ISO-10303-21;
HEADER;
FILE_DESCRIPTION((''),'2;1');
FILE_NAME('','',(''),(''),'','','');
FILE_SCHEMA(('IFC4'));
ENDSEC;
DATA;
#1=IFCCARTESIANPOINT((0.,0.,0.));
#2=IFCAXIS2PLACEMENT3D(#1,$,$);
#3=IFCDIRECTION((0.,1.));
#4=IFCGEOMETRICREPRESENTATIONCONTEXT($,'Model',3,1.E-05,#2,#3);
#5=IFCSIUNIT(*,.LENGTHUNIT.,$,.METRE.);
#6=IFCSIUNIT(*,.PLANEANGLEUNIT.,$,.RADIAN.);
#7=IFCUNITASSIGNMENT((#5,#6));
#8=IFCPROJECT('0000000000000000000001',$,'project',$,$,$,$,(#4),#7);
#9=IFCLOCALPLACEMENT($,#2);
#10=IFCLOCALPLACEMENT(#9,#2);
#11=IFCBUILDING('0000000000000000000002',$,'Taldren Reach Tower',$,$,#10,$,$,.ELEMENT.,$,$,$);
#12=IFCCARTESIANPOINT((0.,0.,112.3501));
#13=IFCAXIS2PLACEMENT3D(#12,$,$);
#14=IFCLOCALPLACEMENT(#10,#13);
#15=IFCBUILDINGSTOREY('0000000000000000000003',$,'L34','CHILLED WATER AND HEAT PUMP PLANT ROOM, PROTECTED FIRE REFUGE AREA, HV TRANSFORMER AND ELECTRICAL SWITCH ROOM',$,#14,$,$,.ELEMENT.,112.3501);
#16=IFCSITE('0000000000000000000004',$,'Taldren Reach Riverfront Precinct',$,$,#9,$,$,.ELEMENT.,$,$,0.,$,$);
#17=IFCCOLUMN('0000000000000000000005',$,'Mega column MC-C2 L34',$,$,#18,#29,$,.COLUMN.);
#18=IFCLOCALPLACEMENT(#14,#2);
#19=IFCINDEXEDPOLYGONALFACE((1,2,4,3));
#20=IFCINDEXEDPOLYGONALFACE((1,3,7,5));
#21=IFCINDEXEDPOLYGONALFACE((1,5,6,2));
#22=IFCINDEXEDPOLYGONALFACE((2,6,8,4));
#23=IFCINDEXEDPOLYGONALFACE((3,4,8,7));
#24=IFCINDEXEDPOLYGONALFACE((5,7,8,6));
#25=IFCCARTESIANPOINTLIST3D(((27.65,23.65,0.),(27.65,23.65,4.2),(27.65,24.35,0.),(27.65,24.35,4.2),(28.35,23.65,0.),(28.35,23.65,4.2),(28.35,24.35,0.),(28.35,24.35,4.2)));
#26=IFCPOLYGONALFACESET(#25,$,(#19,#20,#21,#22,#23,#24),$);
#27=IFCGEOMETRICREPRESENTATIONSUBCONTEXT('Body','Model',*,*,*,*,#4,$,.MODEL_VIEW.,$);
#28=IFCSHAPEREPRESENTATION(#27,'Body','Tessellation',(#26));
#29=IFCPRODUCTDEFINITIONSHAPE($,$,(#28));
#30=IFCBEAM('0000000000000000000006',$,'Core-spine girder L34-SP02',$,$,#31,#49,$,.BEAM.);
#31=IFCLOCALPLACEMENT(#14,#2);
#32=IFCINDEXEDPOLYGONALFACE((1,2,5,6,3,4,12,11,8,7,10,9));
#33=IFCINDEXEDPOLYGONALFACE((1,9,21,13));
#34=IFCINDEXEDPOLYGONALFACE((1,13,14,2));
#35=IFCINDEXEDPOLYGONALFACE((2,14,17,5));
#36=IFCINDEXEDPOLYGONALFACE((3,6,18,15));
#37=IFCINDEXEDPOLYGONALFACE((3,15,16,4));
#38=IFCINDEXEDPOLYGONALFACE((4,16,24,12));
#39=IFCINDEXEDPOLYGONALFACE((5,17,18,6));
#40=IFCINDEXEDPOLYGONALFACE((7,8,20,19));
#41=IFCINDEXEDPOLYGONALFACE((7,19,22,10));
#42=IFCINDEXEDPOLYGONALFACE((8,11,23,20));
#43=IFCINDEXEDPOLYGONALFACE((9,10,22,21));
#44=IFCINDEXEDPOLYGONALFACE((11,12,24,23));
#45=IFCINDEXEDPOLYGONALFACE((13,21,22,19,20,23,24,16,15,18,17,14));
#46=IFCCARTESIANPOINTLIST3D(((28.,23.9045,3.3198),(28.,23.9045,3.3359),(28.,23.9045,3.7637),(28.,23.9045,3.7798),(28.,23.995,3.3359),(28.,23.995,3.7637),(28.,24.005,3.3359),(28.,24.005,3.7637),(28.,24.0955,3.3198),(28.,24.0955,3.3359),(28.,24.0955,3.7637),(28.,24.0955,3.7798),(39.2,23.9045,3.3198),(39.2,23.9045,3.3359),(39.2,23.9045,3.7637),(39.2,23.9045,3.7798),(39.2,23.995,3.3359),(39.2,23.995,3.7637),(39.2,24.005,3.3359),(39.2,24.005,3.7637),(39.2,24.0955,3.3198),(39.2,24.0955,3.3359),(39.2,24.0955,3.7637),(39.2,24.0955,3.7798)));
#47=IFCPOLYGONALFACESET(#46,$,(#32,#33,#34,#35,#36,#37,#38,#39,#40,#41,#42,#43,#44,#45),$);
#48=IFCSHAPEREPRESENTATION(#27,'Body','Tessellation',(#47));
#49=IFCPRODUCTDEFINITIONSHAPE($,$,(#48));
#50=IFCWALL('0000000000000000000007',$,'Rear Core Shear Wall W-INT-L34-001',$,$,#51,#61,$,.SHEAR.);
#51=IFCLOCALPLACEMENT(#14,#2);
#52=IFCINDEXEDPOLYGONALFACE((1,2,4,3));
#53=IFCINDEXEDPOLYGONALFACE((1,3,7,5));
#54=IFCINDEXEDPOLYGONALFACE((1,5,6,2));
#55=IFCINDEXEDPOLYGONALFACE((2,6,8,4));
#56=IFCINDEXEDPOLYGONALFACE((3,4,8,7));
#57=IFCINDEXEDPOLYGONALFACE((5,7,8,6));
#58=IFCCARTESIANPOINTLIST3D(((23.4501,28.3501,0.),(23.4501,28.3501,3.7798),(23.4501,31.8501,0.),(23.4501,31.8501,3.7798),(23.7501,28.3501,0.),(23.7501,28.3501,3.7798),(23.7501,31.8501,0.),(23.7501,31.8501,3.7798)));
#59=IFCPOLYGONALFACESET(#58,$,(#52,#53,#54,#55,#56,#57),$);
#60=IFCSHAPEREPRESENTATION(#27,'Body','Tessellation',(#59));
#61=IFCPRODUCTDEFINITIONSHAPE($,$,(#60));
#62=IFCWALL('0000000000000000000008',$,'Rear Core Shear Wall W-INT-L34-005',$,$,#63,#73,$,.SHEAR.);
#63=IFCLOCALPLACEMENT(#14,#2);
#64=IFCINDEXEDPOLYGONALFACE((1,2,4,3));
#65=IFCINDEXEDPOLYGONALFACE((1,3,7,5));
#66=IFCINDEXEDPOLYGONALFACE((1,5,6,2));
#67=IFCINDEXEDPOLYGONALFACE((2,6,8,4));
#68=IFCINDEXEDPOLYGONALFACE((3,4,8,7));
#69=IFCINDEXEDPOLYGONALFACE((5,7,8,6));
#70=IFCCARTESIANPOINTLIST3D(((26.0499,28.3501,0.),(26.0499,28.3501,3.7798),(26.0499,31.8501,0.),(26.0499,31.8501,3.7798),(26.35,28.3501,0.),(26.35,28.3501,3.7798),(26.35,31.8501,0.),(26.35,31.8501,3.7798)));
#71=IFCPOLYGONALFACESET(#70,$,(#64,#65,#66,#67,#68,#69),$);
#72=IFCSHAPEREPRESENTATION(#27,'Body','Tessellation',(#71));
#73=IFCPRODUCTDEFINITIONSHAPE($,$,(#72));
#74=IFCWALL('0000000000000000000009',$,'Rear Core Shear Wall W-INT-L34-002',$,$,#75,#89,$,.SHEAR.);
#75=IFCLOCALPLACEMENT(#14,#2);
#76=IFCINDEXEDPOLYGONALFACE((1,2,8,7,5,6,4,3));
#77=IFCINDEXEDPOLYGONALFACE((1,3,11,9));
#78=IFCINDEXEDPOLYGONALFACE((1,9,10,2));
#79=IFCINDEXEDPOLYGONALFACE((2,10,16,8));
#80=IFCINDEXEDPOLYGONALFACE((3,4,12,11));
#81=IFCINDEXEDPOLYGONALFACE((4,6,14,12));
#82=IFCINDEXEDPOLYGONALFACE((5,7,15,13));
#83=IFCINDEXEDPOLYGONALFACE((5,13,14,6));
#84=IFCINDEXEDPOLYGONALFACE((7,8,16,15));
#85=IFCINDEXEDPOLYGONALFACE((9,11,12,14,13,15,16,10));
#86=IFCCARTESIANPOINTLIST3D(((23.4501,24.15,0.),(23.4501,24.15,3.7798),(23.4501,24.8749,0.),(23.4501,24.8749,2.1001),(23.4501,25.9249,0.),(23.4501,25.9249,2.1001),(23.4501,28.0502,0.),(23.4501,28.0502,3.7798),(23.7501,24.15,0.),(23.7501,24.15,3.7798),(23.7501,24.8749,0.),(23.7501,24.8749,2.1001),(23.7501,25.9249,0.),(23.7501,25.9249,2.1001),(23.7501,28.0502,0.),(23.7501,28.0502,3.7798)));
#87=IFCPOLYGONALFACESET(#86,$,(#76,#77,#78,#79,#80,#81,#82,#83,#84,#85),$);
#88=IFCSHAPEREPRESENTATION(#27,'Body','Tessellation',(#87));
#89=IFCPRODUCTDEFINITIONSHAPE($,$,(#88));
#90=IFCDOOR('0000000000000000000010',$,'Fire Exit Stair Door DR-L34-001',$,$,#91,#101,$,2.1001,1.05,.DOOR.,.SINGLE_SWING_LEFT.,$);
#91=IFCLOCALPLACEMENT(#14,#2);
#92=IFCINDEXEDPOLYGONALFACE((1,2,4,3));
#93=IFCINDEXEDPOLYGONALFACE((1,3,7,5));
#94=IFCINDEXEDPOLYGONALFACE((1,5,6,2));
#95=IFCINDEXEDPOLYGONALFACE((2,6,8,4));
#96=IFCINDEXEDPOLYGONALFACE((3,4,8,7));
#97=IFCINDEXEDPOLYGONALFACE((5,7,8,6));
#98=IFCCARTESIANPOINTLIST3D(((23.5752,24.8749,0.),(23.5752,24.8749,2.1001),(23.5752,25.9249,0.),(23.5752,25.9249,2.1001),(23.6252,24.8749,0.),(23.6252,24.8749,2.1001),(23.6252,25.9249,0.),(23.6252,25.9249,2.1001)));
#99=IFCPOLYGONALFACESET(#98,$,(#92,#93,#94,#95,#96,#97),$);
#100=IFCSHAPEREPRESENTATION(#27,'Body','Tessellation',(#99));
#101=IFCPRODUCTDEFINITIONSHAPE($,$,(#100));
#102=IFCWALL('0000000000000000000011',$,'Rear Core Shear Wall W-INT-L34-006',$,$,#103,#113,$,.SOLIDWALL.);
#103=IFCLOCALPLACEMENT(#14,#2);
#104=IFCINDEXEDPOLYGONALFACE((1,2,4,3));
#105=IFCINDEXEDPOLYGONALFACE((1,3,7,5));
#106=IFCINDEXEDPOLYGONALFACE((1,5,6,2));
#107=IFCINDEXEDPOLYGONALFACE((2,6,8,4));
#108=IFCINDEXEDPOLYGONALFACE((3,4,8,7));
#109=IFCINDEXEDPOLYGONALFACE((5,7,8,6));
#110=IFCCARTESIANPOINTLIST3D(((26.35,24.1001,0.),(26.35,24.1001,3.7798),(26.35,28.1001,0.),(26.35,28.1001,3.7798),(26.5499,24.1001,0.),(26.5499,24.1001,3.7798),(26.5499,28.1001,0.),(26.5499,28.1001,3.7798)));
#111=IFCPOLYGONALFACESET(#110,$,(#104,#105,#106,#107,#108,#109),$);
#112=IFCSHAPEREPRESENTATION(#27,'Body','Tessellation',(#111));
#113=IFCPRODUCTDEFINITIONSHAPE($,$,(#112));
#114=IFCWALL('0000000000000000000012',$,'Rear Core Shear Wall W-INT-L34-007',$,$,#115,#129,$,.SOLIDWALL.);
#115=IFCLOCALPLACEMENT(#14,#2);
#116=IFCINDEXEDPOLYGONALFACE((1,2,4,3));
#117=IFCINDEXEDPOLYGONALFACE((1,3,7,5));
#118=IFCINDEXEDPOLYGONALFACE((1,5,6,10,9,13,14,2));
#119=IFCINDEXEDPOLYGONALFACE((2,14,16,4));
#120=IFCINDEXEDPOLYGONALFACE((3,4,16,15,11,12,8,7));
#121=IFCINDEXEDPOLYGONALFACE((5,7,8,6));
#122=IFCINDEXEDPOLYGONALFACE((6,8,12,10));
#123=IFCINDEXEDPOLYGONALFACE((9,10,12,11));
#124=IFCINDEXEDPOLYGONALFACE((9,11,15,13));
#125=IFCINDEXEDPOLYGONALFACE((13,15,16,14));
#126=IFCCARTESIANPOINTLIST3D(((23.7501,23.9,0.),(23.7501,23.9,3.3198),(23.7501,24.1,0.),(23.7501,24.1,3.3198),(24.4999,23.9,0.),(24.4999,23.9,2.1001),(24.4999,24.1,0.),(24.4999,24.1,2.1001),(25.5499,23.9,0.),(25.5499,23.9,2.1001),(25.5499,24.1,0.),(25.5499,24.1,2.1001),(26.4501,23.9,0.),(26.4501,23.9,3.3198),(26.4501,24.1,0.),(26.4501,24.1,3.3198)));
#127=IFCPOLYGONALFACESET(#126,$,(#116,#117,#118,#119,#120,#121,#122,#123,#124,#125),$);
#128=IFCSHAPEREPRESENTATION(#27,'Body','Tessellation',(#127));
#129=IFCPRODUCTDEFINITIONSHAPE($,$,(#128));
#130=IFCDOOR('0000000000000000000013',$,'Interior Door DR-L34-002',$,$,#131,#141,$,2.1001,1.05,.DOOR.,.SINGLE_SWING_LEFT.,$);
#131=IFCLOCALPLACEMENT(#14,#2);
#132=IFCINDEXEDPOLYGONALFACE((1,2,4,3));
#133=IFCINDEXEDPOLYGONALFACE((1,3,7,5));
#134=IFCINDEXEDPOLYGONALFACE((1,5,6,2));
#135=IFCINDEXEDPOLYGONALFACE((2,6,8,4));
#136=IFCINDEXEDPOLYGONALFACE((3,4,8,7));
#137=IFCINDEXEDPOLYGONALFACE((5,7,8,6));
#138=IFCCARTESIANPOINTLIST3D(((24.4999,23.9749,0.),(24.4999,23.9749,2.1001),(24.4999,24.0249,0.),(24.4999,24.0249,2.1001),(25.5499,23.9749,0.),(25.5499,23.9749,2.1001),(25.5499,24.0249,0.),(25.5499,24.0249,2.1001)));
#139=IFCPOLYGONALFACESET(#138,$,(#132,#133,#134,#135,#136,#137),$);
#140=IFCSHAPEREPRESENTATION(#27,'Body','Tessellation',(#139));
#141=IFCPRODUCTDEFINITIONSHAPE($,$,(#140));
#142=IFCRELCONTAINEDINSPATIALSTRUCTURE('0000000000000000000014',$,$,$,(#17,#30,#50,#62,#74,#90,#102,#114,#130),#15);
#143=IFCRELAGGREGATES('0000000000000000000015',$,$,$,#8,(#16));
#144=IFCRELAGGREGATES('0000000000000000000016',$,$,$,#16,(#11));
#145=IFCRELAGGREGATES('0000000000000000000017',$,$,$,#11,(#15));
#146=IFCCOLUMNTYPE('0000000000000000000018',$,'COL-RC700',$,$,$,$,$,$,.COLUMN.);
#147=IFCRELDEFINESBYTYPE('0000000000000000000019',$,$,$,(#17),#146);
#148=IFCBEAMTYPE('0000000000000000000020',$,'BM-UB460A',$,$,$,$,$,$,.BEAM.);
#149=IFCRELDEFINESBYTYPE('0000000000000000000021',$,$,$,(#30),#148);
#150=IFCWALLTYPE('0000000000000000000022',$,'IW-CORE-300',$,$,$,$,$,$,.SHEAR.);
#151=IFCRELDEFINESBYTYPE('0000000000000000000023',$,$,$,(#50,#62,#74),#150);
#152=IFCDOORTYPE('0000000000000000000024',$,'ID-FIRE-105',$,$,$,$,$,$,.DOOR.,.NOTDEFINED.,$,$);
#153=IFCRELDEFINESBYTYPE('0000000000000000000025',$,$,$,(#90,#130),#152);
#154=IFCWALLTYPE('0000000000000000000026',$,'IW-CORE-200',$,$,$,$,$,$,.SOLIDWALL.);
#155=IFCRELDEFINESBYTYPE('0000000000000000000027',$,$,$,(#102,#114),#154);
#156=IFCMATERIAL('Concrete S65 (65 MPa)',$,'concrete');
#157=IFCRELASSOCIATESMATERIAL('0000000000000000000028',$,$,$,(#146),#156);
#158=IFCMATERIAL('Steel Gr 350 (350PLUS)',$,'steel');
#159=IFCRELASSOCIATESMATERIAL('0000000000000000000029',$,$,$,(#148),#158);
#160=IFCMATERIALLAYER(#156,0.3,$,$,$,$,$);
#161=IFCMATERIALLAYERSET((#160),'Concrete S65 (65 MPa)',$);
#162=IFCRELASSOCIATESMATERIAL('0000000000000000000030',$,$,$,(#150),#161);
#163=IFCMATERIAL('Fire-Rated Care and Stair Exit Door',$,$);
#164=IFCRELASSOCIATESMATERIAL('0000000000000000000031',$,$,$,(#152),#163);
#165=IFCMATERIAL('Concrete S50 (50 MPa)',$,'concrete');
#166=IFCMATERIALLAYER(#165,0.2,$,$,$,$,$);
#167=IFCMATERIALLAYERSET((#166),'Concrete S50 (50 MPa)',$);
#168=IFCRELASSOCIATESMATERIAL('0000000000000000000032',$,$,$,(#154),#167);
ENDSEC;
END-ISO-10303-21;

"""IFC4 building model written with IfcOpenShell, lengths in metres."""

from ifc_helpers import new_model, si_unit, direction, frame, frame_2d, origin, origin_2d, place, context, subcontext, project, spatial, rectangle, i_section, extrude, source, transform, mapped, material, layer, layer_set, material_profile, profile_set, type_object, element, fill, save


model = new_model("IFC4")

# Units and contexts
model_context = context("Model", 3, precision=1e-05, world=origin(), true_north=direction((0.0, 1.0)))
body_context = subcontext(model_context, "Body", "Model", "MODEL_VIEW")
ifc_project = project(units=[si_unit("LENGTHUNIT", "METRE"), si_unit("PLANEANGLEUNIT", "RADIAN")], contexts=[model_context])

# Site, building, storey
site_placement = place(None, origin())
site = spatial("IfcSite", under=ifc_project, at=site_placement, Name="Taldren Reach Riverfront Precinct", CompositionType="ELEMENT", RefElevation=0.0)
building_placement = place(site_placement, origin())
building = spatial("IfcBuilding", under=site, at=building_placement, Name="Taldren Reach Tower", CompositionType="ELEMENT")
storey_placement = place(building_placement, frame((0.0, 0.0, 112.3501)))
storey = spatial("IfcBuildingStorey", under=building, at=storey_placement, Name="L34", Description="CHILLED WATER AND HEAT PUMP PLANT ROOM, PROTECTED FIRE REFUGE AREA, HV TRANSFORMER AND ELECTRICAL SWITCH ROOM", CompositionType="ELEMENT", Elevation=112.3501)

# Column
ifc_material_1 = material(Name="Concrete S65 (65 MPa)", Category="concrete")
ifc_material_profile_1 = material_profile(ifc_material_1, rectangle(XDim=0.7, YDim=0.7, at=origin_2d()), Name="RC-700x700")
ifc_profile_set_1 = profile_set([ifc_material_profile_1], Name="Concrete S65 (65 MPa)")
column_type = type_object("IfcColumnType", Name="COL-RC700", PredefinedType="COLUMN", material=ifc_profile_set_1)
shared_shape_1 = source(origin(), body_context, "Body", "SweptSolid", [
    extrude(rectangle(XDim=0.7, YDim=0.7, at=origin_2d()), origin(), (0.0, 0.0, 1.0), 4.2),
])
column_placement = place(storey_placement, frame((28.0, 24.0, 0.0), z_axis=(0.0, 0.0, 1.0), x_axis=(1.0, 0.0, 0.0)))
element("IfcColumn", 1, at=column_placement, inside=storey, type_object=column_type, Name="Mega column MC-C2 L34", PredefinedType="COLUMN", context=body_context, shape_type="MappedRepresentation", body=[
    mapped(shared_shape_1, transform((0.0, 0.0, 0.0), scale=1.0)),
])

# Beam
ifc_material_2 = material(Name="Steel Gr 350 (350PLUS)", Category="steel")
ifc_material_profile_2 = material_profile(ifc_material_2, i_section(OverallWidth=0.1909, OverallDepth=0.46, WebThickness=0.01, FlangeThickness=0.0161, at=origin_2d()), Name="460UB82.1")
ifc_profile_set_2 = profile_set([ifc_material_profile_2], Name="Steel Gr 350 (350PLUS)")
beam_type = type_object("IfcBeamType", Name="BM-UB460A", PredefinedType="BEAM", material=ifc_profile_set_2)
shared_shape_2 = source(origin(), body_context, "Body", "SweptSolid", [
    extrude(i_section(OverallWidth=0.1909, OverallDepth=0.46, WebThickness=0.01, FlangeThickness=0.0161, at=origin_2d()), origin(), (0.0, 0.0, 1.0), 11.2),
])
beam_placement = place(storey_placement, frame((28.0, 24.0, 3.5498), z_axis=(1.0, 0.0, 0.0), x_axis=(0.0, 1.0, 0.0)))
element("IfcBeam", 2, at=beam_placement, inside=storey, type_object=beam_type, Name="Core-spine girder L34-SP02", PredefinedType="BEAM", context=body_context, shape_type="MappedRepresentation", body=[
    mapped(shared_shape_2, transform((0.0, 0.0, 0.0), scale=1.0)),
])

# Walls
ifc_layer_1 = layer(ifc_material_1, 0.3)
ifc_layer_set_1 = layer_set([ifc_layer_1], Name="Concrete S65 (65 MPa)")
wall_type_1 = type_object("IfcWallType", Name="IW-CORE-300", PredefinedType="SHEAR", material=ifc_layer_set_1)
shared_shape_3 = source(origin(), body_context, "Body", "SweptSolid", [
    extrude(rectangle(XDim=3.5, YDim=0.3, at=frame_2d((1.75, 0.0))), origin(), (0.0, 0.0, 1.0), 3.7798),
])
for number, where, z_axis, x_axis, name in (
    (3, (23.6001, 28.3501, 0.0), (0.0, 0.0, 1.0), (0.0, 1.0, 0.0), "Rear Core Shear Wall W-INT-L34-001"),
    (4, (26.2, 28.3501, 0.0), (0.0, 0.0, 1.0), (0.0, 1.0, 0.0), "Rear Core Shear Wall W-INT-L34-005"),
):
    element("IfcWall", number, at=place(storey_placement, frame(where, z_axis=z_axis, x_axis=x_axis)), inside=storey, type_object=wall_type_1, Name=name, PredefinedType="SHEAR", context=body_context, shape_type="MappedRepresentation", body=[
        mapped(shared_shape_3, transform((0.0, 0.0, 0.0), scale=1.0)),
    ])

# Wall, opening, door
shared_shape_4 = source(origin(), body_context, "Body", "SweptSolid", [
    extrude(rectangle(XDim=3.9001, YDim=0.3, at=frame_2d((1.9502, 0.0))), origin(), (0.0, 0.0, 1.0), 3.7798),
])
wall_1_placement = place(storey_placement, frame((23.6001, 24.1499, 0.0), z_axis=(0.0, 0.0, 1.0), x_axis=(0.0, 1.0, 0.0)))
wall_1 = element("IfcWall", 5, at=wall_1_placement, inside=storey, type_object=wall_type_1, Name="Rear Core Shear Wall W-INT-L34-002", PredefinedType="SHEAR", context=body_context, shape_type="MappedRepresentation", body=[
    mapped(shared_shape_4, transform((0.0, 0.0, 0.0), scale=1.0)),
])
shared_shape_5 = source(origin(), body_context, "Body", "SweptSolid", [
    extrude(rectangle(XDim=1.05, YDim=2.1001, at=frame_2d((0.5249, 1.05))), frame((0.0, 0.1602, 0.0), z_axis=(0.0, -1.0, 0.0), x_axis=(1.0, 0.0, 0.0)), (0.0, 0.0, 1.0), 0.3201),
])
opening_1_placement = place(wall_1_placement, frame((0.7251, 0.0, 0.0)))
opening_1 = element("IfcOpeningElement", 6, at=opening_1_placement, cuts=wall_1, PredefinedType="OPENING", context=body_context, shape_type="MappedRepresentation", body=[
    mapped(shared_shape_5, transform((0.0, 0.0, 0.0), scale=1.0)),
])
ifc_material_3 = material(Name="Fire-Rated Care and Stair Exit Door")
door_type_1 = type_object("IfcDoorType", Name="ID-FIRE-105", OperationType="NOTDEFINED", PredefinedType="DOOR", material=ifc_material_3)
shared_shape_6 = source(origin(), body_context, "Body", "SweptSolid", [
    extrude(rectangle(XDim=1.05, YDim=2.1001, at=frame_2d((0.5249, 1.05))), frame((0.0, 0.0249, 0.0), z_axis=(0.0, -1.0, 0.0), x_axis=(1.0, 0.0, 0.0)), (0.0, 0.0, 1.0), 0.05),
])
door_1_placement = place(opening_1_placement, origin())
door_1 = element("IfcDoor", 7, at=door_1_placement, inside=storey, type_object=door_type_1, Name="Fire Exit Stair Door DR-L34-001", OperationType="SINGLE_SWING_LEFT", OverallHeight=2.1001, OverallWidth=1.05, PredefinedType="DOOR", context=body_context, shape_type="MappedRepresentation", body=[
    mapped(shared_shape_6, transform((0.0, 0.0, 0.0), scale=1.0)),
])
fill(opening_1, door_1)

# Wall
ifc_material_4 = material(Name="Concrete S50 (50 MPa)", Category="concrete")
ifc_layer_2 = layer(ifc_material_4, 0.2)
ifc_layer_set_2 = layer_set([ifc_layer_2], Name="Concrete S50 (50 MPa)")
wall_type_2 = type_object("IfcWallType", Name="IW-CORE-200", PredefinedType="SOLIDWALL", material=ifc_layer_set_2)
shared_shape_7 = source(origin(), body_context, "Body", "SweptSolid", [
    extrude(rectangle(XDim=4.0, YDim=0.2, at=frame_2d((2.0, 0.0))), origin(), (0.0, 0.0, 1.0), 3.7798),
])
wall_2_placement = place(storey_placement, frame((26.45, 24.1001, 0.0), z_axis=(0.0, 0.0, 1.0), x_axis=(0.0, 1.0, 0.0)))
element("IfcWall", 8, at=wall_2_placement, inside=storey, type_object=wall_type_2, Name="Rear Core Shear Wall W-INT-L34-006", PredefinedType="SOLIDWALL", context=body_context, shape_type="MappedRepresentation", body=[
    mapped(shared_shape_7, transform((0.0, 0.0, 0.0), scale=1.0)),
])

# Wall, opening, door
shared_shape_8 = source(origin(), body_context, "Body", "SweptSolid", [
    extrude(rectangle(XDim=2.7, YDim=0.2, at=frame_2d((1.3501, 0.0))), origin(), (0.0, 0.0, 1.0), 3.3198),
])
wall_3_placement = place(storey_placement, frame((23.75, 24.0, 0.0), z_axis=(0.0, 0.0, 1.0), x_axis=(1.0, 0.0, 0.0)))
wall_3 = element("IfcWall", 9, at=wall_3_placement, inside=storey, type_object=wall_type_2, Name="Rear Core Shear Wall W-INT-L34-007", PredefinedType="SOLIDWALL", context=body_context, shape_type="MappedRepresentation", body=[
    mapped(shared_shape_8, transform((0.0, 0.0, 0.0), scale=1.0)),
])
shared_shape_9 = source(origin(), body_context, "Body", "SweptSolid", [
    extrude(rectangle(XDim=1.05, YDim=2.1001, at=frame_2d((0.5249, 1.05))), frame((0.0, 0.1099, 0.0), z_axis=(0.0, -1.0, 0.0), x_axis=(1.0, 0.0, 0.0)), (0.0, 0.0, 1.0), 0.22),
])
opening_2_placement = place(wall_3_placement, frame((0.75, 0.0, 0.0)))
opening_2 = element("IfcOpeningElement", 10, at=opening_2_placement, cuts=wall_3, PredefinedType="OPENING", context=body_context, shape_type="MappedRepresentation", body=[
    mapped(shared_shape_9, transform((0.0, 0.0, 0.0), scale=1.0)),
])
door_2_placement = place(opening_2_placement, origin())
door_2 = element("IfcDoor", 11, at=door_2_placement, inside=storey, type_object=door_type_1, Name="Interior Door DR-L34-002", OperationType="SINGLE_SWING_LEFT", OverallHeight=2.1001, OverallWidth=1.05, PredefinedType="DOOR", context=body_context, shape_type="MappedRepresentation", body=[
    mapped(shared_shape_6, transform((0.0, 0.0, 0.0), scale=1.0)),
])
fill(opening_2, door_2)

save(model, "model.ifc")
